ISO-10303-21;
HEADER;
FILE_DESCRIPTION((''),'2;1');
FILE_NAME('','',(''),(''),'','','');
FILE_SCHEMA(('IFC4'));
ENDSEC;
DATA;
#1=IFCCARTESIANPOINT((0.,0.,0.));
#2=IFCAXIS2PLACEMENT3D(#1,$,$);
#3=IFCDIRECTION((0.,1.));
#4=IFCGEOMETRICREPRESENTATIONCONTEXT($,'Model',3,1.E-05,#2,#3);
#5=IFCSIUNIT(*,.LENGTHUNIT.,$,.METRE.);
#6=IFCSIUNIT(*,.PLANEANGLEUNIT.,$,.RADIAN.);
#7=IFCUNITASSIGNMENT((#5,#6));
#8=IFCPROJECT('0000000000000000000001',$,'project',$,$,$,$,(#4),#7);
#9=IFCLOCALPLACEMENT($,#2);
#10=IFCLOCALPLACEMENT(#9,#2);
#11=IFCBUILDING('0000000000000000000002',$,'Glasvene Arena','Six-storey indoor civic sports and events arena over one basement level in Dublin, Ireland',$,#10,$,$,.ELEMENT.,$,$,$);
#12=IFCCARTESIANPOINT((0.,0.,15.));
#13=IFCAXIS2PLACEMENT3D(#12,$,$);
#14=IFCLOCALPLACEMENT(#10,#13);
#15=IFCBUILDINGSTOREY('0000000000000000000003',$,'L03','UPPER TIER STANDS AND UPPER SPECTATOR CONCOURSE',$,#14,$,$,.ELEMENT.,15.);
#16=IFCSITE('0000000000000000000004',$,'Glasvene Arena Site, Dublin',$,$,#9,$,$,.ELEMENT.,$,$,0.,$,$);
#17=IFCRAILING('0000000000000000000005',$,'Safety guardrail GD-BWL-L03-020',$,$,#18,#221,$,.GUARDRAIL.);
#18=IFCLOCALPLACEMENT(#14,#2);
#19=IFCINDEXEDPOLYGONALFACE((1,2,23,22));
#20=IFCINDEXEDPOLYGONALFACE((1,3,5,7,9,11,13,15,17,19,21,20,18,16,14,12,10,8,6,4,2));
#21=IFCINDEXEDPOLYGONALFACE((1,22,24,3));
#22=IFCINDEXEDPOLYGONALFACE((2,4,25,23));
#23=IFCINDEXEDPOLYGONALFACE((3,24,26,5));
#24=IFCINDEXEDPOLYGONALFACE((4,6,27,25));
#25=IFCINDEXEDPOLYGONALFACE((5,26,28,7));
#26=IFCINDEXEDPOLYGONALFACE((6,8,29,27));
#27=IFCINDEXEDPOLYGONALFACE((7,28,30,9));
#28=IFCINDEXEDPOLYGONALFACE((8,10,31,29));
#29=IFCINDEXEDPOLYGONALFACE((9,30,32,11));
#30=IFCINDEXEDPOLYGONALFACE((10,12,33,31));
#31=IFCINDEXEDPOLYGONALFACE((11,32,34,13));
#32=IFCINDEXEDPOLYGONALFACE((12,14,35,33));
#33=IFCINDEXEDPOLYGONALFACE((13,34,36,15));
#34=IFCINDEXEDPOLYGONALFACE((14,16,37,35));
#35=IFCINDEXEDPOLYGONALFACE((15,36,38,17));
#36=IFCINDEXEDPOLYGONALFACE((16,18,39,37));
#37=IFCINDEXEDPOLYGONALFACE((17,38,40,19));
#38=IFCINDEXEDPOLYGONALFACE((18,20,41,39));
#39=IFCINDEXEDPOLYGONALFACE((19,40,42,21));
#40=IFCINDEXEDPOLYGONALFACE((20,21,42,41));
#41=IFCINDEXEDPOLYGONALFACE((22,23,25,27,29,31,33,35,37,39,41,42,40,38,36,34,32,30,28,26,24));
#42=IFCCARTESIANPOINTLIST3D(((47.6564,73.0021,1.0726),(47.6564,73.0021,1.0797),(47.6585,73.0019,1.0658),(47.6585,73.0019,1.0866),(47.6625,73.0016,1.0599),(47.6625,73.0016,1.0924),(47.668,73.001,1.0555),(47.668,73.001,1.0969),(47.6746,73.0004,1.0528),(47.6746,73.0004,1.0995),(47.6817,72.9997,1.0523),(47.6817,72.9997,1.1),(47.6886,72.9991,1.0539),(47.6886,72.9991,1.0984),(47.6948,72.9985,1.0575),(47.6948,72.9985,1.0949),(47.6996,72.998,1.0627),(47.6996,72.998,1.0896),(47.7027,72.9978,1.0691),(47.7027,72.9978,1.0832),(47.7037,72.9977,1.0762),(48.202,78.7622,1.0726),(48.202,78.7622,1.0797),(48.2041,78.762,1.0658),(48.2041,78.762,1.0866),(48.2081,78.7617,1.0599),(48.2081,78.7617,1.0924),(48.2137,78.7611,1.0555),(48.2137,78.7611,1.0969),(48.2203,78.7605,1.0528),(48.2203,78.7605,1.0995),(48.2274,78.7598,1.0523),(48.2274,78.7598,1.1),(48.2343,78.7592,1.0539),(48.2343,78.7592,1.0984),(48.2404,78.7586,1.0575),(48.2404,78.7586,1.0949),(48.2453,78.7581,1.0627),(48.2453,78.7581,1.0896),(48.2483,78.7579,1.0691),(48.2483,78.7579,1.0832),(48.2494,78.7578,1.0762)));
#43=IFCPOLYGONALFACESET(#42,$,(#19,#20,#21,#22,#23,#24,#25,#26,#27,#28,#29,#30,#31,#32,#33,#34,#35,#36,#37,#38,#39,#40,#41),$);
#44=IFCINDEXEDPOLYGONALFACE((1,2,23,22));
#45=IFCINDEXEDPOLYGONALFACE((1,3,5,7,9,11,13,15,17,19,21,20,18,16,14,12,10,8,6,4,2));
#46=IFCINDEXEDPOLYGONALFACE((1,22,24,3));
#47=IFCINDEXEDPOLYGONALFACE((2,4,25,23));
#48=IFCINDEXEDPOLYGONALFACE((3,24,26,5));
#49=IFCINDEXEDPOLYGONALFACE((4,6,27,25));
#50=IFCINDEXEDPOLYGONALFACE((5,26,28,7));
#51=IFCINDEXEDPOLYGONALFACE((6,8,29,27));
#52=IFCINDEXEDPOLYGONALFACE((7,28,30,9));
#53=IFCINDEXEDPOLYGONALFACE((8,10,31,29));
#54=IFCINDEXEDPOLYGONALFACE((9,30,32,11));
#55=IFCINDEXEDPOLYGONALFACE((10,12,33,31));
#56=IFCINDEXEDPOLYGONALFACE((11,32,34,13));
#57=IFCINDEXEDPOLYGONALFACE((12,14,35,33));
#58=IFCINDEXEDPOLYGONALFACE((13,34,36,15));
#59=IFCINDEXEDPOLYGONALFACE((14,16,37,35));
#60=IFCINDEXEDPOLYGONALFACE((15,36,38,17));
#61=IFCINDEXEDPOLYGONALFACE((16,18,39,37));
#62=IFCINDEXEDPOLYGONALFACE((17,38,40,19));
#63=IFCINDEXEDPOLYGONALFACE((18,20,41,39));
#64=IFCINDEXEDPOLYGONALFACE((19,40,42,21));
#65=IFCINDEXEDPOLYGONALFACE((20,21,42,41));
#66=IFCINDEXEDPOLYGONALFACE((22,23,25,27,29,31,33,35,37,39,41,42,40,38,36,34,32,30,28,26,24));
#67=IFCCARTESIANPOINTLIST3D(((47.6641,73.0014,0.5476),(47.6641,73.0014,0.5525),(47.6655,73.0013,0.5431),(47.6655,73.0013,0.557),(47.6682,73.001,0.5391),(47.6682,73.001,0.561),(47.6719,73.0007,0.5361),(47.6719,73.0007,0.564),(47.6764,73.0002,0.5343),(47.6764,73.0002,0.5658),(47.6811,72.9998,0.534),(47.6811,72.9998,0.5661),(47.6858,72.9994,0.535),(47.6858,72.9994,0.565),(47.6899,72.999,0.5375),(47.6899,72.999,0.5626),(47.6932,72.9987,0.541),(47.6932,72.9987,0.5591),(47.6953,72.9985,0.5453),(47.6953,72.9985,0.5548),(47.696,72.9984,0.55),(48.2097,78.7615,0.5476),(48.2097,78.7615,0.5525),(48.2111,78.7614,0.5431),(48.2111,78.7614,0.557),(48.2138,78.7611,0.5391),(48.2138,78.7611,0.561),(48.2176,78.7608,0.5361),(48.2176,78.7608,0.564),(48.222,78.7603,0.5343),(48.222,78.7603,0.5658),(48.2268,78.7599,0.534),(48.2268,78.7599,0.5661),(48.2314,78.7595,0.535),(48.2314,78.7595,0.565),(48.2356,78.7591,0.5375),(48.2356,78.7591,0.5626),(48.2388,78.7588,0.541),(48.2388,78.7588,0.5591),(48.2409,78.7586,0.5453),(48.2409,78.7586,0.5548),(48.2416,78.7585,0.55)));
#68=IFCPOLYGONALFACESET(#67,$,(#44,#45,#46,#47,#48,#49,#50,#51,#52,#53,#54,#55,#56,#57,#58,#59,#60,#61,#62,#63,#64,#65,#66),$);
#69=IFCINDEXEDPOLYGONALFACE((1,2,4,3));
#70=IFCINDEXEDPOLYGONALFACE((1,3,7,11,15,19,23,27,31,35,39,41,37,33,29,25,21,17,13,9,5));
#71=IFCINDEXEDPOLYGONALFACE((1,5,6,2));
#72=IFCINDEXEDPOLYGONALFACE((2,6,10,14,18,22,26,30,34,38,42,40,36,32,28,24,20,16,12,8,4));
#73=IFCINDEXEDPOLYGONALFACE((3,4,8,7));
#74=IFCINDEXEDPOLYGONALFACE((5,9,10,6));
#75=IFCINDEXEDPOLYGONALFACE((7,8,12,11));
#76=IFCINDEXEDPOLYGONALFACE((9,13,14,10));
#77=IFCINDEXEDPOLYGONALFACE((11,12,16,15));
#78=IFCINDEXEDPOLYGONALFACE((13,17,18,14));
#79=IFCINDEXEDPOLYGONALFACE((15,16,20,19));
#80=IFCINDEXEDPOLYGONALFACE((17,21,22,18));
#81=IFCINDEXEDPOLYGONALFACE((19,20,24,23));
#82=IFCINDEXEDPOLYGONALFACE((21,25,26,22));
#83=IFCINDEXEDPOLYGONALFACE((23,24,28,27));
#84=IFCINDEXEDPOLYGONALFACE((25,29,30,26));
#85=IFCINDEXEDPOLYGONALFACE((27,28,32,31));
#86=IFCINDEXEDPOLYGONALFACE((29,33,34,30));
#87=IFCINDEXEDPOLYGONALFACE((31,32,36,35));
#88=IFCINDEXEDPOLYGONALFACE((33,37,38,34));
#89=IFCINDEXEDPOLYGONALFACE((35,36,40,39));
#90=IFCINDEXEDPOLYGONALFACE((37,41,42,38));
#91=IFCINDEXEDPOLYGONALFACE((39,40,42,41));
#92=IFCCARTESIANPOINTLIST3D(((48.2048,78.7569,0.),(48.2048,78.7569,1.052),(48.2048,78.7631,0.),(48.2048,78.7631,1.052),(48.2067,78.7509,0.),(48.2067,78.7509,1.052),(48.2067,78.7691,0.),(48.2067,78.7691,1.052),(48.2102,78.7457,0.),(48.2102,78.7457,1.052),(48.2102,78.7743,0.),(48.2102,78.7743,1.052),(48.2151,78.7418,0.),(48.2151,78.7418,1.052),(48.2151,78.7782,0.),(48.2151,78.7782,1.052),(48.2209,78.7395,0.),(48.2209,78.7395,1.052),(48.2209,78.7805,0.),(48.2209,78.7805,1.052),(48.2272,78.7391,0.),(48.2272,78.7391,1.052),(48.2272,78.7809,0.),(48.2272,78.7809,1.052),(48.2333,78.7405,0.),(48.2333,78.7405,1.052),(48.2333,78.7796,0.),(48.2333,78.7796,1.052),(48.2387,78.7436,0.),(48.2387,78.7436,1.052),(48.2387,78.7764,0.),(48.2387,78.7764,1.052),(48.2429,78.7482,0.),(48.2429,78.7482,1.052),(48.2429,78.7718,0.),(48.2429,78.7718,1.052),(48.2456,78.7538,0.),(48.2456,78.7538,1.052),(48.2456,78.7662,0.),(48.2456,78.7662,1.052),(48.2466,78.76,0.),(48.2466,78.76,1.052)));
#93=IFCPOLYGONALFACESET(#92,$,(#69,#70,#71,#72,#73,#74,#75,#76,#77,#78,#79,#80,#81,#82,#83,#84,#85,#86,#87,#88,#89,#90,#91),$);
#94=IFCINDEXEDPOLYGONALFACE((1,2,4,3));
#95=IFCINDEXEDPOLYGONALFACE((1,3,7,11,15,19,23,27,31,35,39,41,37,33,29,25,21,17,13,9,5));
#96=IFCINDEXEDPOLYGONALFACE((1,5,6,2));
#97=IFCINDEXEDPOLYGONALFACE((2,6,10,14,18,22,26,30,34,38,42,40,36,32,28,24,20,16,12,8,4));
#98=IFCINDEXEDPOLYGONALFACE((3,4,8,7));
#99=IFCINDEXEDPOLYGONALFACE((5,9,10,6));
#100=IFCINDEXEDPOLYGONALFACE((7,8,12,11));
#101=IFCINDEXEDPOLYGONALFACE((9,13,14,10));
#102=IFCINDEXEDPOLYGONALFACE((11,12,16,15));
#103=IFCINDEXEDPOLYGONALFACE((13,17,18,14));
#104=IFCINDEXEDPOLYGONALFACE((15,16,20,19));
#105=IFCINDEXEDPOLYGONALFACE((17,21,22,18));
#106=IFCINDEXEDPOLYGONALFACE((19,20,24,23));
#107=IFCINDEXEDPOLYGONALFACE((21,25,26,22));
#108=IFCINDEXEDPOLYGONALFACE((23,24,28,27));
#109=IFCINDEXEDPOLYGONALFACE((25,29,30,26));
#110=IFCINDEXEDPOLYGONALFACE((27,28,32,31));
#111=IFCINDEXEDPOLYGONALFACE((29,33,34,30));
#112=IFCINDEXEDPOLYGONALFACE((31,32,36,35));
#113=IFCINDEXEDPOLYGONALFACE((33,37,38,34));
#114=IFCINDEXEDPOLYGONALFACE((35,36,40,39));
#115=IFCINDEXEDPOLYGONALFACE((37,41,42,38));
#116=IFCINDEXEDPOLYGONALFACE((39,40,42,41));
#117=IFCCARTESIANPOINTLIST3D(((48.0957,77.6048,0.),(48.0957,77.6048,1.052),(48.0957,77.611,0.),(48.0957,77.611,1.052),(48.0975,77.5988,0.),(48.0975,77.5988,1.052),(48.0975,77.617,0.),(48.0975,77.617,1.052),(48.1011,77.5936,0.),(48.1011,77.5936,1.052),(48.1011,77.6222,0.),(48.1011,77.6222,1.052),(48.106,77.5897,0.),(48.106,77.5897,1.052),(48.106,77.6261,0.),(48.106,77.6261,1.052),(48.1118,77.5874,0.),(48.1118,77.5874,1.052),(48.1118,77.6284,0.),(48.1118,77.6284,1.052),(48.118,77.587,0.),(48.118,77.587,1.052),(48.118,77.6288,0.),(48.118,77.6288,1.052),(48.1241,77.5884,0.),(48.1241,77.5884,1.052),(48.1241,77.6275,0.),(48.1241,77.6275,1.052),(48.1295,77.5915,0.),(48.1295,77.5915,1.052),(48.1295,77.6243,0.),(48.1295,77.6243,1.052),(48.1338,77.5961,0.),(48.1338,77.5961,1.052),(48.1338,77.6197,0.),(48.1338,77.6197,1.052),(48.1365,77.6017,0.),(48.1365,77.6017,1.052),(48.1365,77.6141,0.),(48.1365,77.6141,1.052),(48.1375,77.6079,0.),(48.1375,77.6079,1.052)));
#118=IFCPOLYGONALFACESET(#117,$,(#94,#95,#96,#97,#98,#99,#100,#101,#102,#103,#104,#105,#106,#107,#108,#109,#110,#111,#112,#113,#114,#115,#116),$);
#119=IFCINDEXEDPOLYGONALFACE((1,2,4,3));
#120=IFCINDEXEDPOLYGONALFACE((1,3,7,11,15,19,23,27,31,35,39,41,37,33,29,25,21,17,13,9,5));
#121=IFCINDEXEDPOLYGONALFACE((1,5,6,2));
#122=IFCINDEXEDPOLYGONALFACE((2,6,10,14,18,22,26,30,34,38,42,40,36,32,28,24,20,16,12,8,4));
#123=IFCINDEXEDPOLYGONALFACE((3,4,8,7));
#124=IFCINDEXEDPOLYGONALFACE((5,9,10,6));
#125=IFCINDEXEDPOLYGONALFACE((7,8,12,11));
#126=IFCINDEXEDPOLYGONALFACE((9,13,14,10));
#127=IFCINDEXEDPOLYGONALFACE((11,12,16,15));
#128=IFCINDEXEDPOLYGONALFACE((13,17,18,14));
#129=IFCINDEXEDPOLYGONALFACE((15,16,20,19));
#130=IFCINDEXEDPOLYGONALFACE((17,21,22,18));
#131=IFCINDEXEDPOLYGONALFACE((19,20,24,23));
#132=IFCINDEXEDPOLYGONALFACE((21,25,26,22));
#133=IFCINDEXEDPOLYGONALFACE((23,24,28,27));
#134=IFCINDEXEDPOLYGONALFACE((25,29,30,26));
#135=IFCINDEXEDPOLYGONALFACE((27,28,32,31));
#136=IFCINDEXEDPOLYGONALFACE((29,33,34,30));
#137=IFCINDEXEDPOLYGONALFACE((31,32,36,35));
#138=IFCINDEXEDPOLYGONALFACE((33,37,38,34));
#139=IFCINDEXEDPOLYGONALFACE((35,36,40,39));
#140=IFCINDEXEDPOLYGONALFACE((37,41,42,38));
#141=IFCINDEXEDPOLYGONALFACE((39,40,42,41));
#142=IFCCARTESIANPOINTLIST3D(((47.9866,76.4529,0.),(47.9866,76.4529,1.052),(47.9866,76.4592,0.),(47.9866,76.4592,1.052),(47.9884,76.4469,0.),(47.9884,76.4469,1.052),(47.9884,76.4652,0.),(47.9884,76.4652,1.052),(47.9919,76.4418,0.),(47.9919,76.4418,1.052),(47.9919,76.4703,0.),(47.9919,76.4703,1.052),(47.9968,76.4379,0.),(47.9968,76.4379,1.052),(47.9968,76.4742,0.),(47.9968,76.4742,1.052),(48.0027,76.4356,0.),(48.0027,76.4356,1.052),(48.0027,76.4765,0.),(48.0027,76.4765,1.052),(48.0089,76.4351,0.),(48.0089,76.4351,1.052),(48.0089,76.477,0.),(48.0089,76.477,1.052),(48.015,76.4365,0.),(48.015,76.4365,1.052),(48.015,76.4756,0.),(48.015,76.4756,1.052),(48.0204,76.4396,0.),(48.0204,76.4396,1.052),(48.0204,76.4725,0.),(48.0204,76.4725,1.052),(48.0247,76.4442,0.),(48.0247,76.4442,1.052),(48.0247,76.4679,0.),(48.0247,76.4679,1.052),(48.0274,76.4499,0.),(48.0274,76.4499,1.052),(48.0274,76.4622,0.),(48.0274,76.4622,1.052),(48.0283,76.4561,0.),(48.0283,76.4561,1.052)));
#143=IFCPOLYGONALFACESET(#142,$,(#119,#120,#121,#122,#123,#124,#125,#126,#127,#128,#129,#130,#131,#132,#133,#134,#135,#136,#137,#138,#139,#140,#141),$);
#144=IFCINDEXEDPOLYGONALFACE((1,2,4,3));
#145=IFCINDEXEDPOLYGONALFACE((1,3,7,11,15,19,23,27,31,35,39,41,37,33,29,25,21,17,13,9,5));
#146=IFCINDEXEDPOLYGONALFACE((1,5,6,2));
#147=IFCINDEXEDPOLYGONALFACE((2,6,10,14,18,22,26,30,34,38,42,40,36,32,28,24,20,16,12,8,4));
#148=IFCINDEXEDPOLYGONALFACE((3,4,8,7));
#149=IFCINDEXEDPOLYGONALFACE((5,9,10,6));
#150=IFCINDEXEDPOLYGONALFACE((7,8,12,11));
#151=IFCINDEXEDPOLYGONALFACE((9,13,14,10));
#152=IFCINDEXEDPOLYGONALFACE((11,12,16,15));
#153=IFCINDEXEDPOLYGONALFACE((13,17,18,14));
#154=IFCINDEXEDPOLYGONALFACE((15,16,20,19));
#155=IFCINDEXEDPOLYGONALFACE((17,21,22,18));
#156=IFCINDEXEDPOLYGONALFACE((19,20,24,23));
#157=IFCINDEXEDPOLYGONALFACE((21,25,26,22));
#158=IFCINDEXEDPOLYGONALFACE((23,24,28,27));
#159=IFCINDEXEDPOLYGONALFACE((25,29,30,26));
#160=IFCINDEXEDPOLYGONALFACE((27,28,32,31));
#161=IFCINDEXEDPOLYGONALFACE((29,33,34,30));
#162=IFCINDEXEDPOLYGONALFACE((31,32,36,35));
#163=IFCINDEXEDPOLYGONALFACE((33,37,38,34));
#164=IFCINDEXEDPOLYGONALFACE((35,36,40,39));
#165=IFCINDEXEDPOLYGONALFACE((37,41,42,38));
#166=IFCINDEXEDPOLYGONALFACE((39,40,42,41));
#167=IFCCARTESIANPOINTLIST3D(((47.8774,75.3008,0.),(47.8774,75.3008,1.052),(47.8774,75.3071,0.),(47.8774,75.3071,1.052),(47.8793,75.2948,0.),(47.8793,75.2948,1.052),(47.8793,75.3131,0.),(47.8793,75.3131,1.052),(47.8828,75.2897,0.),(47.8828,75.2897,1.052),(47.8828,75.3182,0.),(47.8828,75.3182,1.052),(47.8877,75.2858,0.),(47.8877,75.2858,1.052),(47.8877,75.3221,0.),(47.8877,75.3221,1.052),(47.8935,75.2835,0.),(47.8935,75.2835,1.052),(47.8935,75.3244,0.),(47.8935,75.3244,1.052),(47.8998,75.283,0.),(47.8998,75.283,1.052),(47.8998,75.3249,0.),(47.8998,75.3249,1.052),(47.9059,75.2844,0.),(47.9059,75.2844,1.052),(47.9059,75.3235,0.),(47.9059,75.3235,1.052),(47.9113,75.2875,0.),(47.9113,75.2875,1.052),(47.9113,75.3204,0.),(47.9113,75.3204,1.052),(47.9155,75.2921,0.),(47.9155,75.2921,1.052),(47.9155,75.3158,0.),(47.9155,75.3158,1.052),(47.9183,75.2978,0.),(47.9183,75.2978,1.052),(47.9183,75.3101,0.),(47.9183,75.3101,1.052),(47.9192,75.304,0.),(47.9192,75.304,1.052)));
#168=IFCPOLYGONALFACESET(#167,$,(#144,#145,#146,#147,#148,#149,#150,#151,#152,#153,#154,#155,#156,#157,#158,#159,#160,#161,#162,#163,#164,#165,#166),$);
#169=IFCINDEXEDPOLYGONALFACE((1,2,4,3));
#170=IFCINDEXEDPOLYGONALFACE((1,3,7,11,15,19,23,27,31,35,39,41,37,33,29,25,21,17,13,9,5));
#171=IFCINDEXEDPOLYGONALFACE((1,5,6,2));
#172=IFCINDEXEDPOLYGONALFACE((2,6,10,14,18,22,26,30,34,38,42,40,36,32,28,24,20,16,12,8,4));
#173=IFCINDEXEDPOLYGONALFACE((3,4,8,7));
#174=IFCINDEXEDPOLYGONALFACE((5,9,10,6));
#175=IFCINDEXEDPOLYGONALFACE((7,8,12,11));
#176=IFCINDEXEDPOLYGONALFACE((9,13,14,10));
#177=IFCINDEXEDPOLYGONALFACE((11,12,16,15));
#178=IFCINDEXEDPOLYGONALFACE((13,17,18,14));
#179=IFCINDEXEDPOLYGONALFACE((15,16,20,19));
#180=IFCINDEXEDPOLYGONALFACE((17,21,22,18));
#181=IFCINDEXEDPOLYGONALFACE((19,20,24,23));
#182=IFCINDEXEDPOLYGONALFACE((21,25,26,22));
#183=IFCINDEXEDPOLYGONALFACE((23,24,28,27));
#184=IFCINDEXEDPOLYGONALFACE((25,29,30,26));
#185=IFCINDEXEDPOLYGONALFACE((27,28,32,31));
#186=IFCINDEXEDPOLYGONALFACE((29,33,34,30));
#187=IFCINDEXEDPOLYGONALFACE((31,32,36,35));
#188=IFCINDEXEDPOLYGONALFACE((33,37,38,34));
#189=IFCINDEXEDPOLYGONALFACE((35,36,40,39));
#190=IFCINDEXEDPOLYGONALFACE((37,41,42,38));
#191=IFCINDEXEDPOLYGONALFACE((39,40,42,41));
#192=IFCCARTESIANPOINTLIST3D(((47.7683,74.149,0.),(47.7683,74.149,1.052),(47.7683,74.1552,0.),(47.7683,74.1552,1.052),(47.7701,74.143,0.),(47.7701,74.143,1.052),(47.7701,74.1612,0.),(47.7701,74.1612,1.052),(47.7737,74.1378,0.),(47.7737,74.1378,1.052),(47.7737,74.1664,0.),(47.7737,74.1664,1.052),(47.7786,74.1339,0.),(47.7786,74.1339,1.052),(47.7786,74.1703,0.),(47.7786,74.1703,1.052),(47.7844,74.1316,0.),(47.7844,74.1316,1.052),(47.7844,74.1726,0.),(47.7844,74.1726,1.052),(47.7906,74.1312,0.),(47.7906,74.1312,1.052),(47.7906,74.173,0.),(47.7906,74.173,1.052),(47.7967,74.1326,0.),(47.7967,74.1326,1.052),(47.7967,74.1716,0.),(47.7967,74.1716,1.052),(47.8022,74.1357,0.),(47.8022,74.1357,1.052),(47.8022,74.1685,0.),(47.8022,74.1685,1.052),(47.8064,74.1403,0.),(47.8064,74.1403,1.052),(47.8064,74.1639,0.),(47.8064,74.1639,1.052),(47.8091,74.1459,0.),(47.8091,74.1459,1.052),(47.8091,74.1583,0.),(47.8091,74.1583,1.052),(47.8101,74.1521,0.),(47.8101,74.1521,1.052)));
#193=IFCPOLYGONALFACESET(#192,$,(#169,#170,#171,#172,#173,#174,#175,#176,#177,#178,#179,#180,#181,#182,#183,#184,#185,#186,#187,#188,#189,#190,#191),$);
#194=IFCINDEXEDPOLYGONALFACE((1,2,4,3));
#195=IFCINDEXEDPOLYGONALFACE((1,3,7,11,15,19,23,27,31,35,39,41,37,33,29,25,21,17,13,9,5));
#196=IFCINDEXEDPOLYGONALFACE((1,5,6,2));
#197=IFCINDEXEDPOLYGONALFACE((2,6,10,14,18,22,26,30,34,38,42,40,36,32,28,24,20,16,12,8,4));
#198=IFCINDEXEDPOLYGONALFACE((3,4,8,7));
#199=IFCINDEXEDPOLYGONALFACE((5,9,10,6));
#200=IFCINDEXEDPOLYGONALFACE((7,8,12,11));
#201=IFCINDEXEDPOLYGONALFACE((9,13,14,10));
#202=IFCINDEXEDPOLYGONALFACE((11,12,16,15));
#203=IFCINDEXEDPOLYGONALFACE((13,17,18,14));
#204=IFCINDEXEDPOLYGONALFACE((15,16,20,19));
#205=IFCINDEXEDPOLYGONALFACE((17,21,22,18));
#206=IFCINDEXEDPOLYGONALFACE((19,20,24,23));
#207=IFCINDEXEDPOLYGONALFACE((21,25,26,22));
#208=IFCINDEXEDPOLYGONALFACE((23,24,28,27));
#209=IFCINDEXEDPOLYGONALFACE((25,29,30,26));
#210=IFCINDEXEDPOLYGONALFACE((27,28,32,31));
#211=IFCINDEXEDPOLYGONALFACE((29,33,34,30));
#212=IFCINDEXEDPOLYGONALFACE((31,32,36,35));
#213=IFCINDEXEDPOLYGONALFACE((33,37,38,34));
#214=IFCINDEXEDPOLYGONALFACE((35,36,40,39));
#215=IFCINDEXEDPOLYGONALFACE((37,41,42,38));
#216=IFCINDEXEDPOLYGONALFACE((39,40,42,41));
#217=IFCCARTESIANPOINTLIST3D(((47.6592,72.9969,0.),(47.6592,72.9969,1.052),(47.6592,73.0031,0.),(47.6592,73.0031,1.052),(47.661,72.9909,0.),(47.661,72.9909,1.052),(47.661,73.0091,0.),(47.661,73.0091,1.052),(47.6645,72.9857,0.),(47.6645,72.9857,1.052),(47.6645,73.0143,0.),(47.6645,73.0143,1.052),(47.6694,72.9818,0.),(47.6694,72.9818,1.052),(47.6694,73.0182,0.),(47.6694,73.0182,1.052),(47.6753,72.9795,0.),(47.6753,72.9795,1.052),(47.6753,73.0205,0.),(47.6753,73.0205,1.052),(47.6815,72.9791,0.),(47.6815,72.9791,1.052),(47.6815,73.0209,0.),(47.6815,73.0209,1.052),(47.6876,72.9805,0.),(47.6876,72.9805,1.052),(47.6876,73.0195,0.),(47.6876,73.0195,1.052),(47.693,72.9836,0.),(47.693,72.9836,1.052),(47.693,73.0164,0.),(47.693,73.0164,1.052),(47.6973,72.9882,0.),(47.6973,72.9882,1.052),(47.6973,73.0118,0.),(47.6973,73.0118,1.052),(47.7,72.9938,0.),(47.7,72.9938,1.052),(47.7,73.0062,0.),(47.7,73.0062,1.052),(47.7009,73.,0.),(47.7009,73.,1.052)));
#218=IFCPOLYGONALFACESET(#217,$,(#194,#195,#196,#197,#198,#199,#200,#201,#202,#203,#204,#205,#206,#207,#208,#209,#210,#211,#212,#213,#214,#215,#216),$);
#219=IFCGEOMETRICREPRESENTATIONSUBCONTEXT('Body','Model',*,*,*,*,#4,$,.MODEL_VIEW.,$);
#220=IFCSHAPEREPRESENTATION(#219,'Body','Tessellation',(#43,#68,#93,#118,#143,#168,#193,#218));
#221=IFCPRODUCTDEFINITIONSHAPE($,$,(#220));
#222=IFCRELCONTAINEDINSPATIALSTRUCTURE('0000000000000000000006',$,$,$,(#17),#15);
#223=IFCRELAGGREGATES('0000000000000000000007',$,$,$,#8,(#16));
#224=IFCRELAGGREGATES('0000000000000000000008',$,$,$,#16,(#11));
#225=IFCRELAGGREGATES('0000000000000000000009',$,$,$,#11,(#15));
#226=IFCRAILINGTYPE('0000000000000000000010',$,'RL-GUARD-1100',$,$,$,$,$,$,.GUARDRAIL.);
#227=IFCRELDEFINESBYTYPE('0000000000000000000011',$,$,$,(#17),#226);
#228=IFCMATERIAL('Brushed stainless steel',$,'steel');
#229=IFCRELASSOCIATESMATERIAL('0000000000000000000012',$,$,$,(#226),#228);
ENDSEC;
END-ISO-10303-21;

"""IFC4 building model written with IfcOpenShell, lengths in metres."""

from ifc_helpers import new_model, si_unit, direction, frame, origin, origin_2d, place, context, subcontext, project, spatial, circle, extrude, material, type_object, element, save


model = new_model("IFC4")

# Units and contexts
model_context = context("Model", 3, precision=1e-05, world=origin(), true_north=direction((0.0, 1.0)))
body_context = subcontext(model_context, "Body", "Model", "MODEL_VIEW")
ifc_project = project(units=[si_unit("LENGTHUNIT", "METRE"), si_unit("PLANEANGLEUNIT", "RADIAN")], contexts=[model_context])

# Site, building, storey
site_placement = place(None, origin())
site = spatial("IfcSite", under=ifc_project, at=site_placement, Name="Glasvene Arena Site, Dublin", CompositionType="ELEMENT", RefElevation=0.0)
building_placement = place(site_placement, origin())
building = spatial("IfcBuilding", under=site, at=building_placement, Name="Glasvene Arena", Description="Six-storey indoor civic sports and events arena over one basement level in Dublin, Ireland", CompositionType="ELEMENT")
storey_placement = place(building_placement, frame((0.0, 0.0, 15.0)))
storey = spatial("IfcBuildingStorey", under=building, at=storey_placement, Name="L03", Description="UPPER TIER STANDS AND UPPER SPECTATOR CONCOURSE", CompositionType="ELEMENT", Elevation=15.0)

# Railing
ifc_material_1 = material(Name="Brushed stainless steel", Category="steel")
railing_type = type_object("IfcRailingType", Name="RL-GUARD-1100", PredefinedType="GUARDRAIL", material=ifc_material_1)
railing_1_placement = place(storey_placement, frame((48.2256, 78.76, 0.0)))
element("IfcRailing", 1, at=railing_1_placement, inside=storey, type_object=railing_type, Name="Safety guardrail GD-BWL-L03-020", PredefinedType="GUARDRAIL", context=body_context, shape_type="SweptSolid", body=[
    extrude(circle(Radius=0.0239, at=origin_2d()), frame((0.0, 0.0, 1.0762), z_axis=(-0.094309, -0.995543, 0.0), x_axis=(0.995543, -0.094309, 0.0)), (0.0, 0.0, 1.0), 5.7859),
    extrude(circle(Radius=0.0161, at=origin_2d()), frame((0.0, 0.0, 0.55), z_axis=(-0.094309, -0.995543, 0.0), x_axis=(0.995543, -0.094309, 0.0)), (0.0, 0.0, 1.0), 5.7859),
    extrude(circle(Radius=0.021, at=origin_2d()), origin(), (0.0, 0.0, 1.0), 1.052),
    extrude(circle(Radius=0.021, at=origin_2d()), frame((-0.1091, -1.1521, 0.0)), (0.0, 0.0, 1.0), 1.052),
    extrude(circle(Radius=0.021, at=origin_2d()), frame((-0.2183, -2.304, 0.0)), (0.0, 0.0, 1.0), 1.052),
    extrude(circle(Radius=0.021, at=origin_2d()), frame((-0.3274, -3.4561, 0.0)), (0.0, 0.0, 1.0), 1.052),
    extrude(circle(Radius=0.021, at=origin_2d()), frame((-0.4365, -4.6079, 0.0)), (0.0, 0.0, 1.0), 1.052),
    extrude(circle(Radius=0.021, at=origin_2d()), frame((-0.5457, -5.76, 0.0)), (0.0, 0.0, 1.0), 1.052),
])

save(model, "model.ifc")
